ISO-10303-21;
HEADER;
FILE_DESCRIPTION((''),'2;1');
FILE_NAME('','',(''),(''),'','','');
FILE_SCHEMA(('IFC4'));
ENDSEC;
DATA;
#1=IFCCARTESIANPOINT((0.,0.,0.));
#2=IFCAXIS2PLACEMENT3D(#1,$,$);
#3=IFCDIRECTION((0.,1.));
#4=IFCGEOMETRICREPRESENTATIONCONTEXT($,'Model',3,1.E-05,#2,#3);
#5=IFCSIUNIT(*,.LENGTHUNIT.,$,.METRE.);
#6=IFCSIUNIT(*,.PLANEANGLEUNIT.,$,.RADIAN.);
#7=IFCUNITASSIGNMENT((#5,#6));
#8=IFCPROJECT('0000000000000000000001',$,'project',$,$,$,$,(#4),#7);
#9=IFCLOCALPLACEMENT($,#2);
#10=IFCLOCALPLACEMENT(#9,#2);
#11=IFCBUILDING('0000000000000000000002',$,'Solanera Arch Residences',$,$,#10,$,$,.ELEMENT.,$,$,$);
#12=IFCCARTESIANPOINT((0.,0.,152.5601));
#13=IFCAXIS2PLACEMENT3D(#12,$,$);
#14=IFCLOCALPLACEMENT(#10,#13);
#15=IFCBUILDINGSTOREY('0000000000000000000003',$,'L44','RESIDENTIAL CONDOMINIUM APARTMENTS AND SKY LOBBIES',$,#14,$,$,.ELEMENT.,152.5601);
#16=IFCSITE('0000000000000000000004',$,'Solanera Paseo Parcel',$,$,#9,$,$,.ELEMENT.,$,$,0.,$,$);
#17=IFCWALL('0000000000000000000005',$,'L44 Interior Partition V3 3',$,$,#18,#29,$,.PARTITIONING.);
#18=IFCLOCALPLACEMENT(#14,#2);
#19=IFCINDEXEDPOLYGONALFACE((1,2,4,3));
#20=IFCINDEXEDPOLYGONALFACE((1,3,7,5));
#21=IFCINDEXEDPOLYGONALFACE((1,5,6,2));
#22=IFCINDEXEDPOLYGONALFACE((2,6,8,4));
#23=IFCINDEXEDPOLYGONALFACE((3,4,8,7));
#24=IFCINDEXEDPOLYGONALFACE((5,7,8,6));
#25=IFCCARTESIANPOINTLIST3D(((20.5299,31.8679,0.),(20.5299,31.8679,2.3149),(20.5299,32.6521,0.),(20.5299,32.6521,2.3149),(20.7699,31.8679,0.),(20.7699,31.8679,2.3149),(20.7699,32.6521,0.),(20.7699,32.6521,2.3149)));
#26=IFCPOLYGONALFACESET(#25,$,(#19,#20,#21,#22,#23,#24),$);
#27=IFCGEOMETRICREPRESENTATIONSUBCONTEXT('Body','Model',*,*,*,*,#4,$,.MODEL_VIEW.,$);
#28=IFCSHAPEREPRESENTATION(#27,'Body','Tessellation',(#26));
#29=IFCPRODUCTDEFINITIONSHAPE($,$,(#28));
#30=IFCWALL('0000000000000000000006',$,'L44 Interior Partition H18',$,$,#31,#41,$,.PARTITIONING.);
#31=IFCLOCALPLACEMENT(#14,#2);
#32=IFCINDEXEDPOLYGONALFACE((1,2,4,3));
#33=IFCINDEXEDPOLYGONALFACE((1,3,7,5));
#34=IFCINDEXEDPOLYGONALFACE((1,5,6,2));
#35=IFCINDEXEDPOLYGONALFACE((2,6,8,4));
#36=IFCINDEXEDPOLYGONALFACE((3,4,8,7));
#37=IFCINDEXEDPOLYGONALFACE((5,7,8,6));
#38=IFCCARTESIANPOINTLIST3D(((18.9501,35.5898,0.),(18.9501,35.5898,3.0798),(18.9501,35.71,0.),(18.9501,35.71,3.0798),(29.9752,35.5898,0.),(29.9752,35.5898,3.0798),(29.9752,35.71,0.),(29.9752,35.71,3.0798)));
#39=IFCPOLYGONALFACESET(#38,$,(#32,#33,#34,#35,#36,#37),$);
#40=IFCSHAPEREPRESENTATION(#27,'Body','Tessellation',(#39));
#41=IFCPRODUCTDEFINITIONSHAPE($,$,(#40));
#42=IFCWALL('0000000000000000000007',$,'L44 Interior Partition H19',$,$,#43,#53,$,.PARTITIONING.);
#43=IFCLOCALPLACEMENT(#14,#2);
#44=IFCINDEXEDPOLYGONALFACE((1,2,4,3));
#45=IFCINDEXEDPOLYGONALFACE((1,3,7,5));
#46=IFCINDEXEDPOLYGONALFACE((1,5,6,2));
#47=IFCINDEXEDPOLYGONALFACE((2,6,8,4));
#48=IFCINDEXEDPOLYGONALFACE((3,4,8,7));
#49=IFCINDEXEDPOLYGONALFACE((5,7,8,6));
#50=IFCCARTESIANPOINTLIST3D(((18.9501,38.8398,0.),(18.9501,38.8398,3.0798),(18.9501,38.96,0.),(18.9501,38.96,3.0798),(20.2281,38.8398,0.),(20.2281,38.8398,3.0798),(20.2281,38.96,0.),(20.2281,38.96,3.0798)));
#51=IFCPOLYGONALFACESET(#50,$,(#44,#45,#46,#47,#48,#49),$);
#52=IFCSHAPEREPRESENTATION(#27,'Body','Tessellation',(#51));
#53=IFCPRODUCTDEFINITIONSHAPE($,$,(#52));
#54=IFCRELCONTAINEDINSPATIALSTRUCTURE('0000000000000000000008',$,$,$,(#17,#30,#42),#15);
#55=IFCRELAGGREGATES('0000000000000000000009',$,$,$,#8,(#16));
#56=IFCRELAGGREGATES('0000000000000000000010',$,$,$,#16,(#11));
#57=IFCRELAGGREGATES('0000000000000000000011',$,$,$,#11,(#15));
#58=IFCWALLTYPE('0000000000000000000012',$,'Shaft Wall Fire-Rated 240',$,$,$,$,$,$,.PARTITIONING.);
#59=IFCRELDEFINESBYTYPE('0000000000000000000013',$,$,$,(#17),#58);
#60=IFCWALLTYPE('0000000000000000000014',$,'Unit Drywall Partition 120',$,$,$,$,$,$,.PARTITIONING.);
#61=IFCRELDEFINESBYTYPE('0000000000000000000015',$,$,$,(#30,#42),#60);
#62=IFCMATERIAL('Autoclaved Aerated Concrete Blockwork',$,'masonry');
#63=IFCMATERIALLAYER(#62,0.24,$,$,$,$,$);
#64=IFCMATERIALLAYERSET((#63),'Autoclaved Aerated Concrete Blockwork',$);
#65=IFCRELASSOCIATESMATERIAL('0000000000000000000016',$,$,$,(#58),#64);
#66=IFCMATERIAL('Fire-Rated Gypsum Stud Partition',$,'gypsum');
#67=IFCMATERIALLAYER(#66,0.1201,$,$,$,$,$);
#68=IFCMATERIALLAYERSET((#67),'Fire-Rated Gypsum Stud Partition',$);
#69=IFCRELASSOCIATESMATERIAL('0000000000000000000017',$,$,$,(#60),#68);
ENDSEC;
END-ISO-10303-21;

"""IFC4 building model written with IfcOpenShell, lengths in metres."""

from ifc_helpers import new_model, si_unit, direction, frame, frame_2d, origin, place, context, subcontext, project, spatial, rectangle, extrude, material, layer, layer_set, type_object, element, save


model = new_model("IFC4")

# Units and contexts
model_context = context("Model", 3, precision=1e-05, world=origin(), true_north=direction((0.0, 1.0)))
body_context = subcontext(model_context, "Body", "Model", "MODEL_VIEW")
ifc_project = project(units=[si_unit("LENGTHUNIT", "METRE"), si_unit("PLANEANGLEUNIT", "RADIAN")], contexts=[model_context])

# Site, building, storey
site_placement = place(None, origin())
site = spatial("IfcSite", under=ifc_project, at=site_placement, Name="Solanera Paseo Parcel", CompositionType="ELEMENT", RefElevation=0.0)
building_placement = place(site_placement, origin())
building = spatial("IfcBuilding", under=site, at=building_placement, Name="Solanera Arch Residences", CompositionType="ELEMENT")
storey_placement = place(building_placement, frame((0.0, 0.0, 152.5601)))
storey = spatial("IfcBuildingStorey", under=building, at=storey_placement, Name="L44", Description="RESIDENTIAL CONDOMINIUM APARTMENTS AND SKY LOBBIES", CompositionType="ELEMENT", Elevation=152.5601)

# Shared definitions
ifc_material_1 = material(Name="Autoclaved Aerated Concrete Blockwork", Category="masonry")
ifc_layer_1 = layer(ifc_material_1, 0.24)
ifc_layer_set_1 = layer_set([ifc_layer_1], Name="Autoclaved Aerated Concrete Blockwork")
wall_type_1 = type_object("IfcWallType", Name="Shaft Wall Fire-Rated 240", PredefinedType="PARTITIONING", material=ifc_layer_set_1)

# Walls
wall_1_placement = place(storey_placement, frame((20.6499, 31.8679, 0.0), z_axis=(0.0, 0.0, 1.0), x_axis=(0.0, 1.0, 0.0)))
element("IfcWall", 1, at=wall_1_placement, inside=storey, type_object=wall_type_1, Name="L44 Interior Partition V3 3", PredefinedType="PARTITIONING", context=body_context, shape_type="SweptSolid", body=[
    extrude(rectangle(XDim=0.7842, YDim=0.24, at=frame_2d((0.3921, 0.0))), origin(), (0.0, 0.0, 1.0), 2.3149),
])
ifc_material_2 = material(Name="Fire-Rated Gypsum Stud Partition", Category="gypsum")
ifc_layer_2 = layer(ifc_material_2, 0.1201)
ifc_layer_set_2 = layer_set([ifc_layer_2], Name="Fire-Rated Gypsum Stud Partition")
wall_type_2 = type_object("IfcWallType", Name="Unit Drywall Partition 120", PredefinedType="PARTITIONING", material=ifc_layer_set_2)
wall_2_placement = place(storey_placement, frame((18.95, 35.6499, 0.0), z_axis=(0.0, 0.0, 1.0), x_axis=(1.0, 0.0, 0.0)))
element("IfcWall", 2, at=wall_2_placement, inside=storey, type_object=wall_type_2, Name="L44 Interior Partition H18", PredefinedType="PARTITIONING", context=body_context, shape_type="SweptSolid", body=[
    extrude(rectangle(XDim=11.0251, YDim=0.1201, at=frame_2d((5.5127, 0.0))), origin(), (0.0, 0.0, 1.0), 3.0798),
])
wall_3_placement = place(storey_placement, frame((18.95, 38.8999, 0.0), z_axis=(0.0, 0.0, 1.0), x_axis=(1.0, 0.0, 0.0)))
element("IfcWall", 3, at=wall_3_placement, inside=storey, type_object=wall_type_2, Name="L44 Interior Partition H19", PredefinedType="PARTITIONING", context=body_context, shape_type="SweptSolid", body=[
    extrude(rectangle(XDim=1.2781, YDim=0.1201, at=frame_2d((0.6392, 0.0))), origin(), (0.0, 0.0, 1.0), 3.0798),
])

save(model, "model.ifc")
